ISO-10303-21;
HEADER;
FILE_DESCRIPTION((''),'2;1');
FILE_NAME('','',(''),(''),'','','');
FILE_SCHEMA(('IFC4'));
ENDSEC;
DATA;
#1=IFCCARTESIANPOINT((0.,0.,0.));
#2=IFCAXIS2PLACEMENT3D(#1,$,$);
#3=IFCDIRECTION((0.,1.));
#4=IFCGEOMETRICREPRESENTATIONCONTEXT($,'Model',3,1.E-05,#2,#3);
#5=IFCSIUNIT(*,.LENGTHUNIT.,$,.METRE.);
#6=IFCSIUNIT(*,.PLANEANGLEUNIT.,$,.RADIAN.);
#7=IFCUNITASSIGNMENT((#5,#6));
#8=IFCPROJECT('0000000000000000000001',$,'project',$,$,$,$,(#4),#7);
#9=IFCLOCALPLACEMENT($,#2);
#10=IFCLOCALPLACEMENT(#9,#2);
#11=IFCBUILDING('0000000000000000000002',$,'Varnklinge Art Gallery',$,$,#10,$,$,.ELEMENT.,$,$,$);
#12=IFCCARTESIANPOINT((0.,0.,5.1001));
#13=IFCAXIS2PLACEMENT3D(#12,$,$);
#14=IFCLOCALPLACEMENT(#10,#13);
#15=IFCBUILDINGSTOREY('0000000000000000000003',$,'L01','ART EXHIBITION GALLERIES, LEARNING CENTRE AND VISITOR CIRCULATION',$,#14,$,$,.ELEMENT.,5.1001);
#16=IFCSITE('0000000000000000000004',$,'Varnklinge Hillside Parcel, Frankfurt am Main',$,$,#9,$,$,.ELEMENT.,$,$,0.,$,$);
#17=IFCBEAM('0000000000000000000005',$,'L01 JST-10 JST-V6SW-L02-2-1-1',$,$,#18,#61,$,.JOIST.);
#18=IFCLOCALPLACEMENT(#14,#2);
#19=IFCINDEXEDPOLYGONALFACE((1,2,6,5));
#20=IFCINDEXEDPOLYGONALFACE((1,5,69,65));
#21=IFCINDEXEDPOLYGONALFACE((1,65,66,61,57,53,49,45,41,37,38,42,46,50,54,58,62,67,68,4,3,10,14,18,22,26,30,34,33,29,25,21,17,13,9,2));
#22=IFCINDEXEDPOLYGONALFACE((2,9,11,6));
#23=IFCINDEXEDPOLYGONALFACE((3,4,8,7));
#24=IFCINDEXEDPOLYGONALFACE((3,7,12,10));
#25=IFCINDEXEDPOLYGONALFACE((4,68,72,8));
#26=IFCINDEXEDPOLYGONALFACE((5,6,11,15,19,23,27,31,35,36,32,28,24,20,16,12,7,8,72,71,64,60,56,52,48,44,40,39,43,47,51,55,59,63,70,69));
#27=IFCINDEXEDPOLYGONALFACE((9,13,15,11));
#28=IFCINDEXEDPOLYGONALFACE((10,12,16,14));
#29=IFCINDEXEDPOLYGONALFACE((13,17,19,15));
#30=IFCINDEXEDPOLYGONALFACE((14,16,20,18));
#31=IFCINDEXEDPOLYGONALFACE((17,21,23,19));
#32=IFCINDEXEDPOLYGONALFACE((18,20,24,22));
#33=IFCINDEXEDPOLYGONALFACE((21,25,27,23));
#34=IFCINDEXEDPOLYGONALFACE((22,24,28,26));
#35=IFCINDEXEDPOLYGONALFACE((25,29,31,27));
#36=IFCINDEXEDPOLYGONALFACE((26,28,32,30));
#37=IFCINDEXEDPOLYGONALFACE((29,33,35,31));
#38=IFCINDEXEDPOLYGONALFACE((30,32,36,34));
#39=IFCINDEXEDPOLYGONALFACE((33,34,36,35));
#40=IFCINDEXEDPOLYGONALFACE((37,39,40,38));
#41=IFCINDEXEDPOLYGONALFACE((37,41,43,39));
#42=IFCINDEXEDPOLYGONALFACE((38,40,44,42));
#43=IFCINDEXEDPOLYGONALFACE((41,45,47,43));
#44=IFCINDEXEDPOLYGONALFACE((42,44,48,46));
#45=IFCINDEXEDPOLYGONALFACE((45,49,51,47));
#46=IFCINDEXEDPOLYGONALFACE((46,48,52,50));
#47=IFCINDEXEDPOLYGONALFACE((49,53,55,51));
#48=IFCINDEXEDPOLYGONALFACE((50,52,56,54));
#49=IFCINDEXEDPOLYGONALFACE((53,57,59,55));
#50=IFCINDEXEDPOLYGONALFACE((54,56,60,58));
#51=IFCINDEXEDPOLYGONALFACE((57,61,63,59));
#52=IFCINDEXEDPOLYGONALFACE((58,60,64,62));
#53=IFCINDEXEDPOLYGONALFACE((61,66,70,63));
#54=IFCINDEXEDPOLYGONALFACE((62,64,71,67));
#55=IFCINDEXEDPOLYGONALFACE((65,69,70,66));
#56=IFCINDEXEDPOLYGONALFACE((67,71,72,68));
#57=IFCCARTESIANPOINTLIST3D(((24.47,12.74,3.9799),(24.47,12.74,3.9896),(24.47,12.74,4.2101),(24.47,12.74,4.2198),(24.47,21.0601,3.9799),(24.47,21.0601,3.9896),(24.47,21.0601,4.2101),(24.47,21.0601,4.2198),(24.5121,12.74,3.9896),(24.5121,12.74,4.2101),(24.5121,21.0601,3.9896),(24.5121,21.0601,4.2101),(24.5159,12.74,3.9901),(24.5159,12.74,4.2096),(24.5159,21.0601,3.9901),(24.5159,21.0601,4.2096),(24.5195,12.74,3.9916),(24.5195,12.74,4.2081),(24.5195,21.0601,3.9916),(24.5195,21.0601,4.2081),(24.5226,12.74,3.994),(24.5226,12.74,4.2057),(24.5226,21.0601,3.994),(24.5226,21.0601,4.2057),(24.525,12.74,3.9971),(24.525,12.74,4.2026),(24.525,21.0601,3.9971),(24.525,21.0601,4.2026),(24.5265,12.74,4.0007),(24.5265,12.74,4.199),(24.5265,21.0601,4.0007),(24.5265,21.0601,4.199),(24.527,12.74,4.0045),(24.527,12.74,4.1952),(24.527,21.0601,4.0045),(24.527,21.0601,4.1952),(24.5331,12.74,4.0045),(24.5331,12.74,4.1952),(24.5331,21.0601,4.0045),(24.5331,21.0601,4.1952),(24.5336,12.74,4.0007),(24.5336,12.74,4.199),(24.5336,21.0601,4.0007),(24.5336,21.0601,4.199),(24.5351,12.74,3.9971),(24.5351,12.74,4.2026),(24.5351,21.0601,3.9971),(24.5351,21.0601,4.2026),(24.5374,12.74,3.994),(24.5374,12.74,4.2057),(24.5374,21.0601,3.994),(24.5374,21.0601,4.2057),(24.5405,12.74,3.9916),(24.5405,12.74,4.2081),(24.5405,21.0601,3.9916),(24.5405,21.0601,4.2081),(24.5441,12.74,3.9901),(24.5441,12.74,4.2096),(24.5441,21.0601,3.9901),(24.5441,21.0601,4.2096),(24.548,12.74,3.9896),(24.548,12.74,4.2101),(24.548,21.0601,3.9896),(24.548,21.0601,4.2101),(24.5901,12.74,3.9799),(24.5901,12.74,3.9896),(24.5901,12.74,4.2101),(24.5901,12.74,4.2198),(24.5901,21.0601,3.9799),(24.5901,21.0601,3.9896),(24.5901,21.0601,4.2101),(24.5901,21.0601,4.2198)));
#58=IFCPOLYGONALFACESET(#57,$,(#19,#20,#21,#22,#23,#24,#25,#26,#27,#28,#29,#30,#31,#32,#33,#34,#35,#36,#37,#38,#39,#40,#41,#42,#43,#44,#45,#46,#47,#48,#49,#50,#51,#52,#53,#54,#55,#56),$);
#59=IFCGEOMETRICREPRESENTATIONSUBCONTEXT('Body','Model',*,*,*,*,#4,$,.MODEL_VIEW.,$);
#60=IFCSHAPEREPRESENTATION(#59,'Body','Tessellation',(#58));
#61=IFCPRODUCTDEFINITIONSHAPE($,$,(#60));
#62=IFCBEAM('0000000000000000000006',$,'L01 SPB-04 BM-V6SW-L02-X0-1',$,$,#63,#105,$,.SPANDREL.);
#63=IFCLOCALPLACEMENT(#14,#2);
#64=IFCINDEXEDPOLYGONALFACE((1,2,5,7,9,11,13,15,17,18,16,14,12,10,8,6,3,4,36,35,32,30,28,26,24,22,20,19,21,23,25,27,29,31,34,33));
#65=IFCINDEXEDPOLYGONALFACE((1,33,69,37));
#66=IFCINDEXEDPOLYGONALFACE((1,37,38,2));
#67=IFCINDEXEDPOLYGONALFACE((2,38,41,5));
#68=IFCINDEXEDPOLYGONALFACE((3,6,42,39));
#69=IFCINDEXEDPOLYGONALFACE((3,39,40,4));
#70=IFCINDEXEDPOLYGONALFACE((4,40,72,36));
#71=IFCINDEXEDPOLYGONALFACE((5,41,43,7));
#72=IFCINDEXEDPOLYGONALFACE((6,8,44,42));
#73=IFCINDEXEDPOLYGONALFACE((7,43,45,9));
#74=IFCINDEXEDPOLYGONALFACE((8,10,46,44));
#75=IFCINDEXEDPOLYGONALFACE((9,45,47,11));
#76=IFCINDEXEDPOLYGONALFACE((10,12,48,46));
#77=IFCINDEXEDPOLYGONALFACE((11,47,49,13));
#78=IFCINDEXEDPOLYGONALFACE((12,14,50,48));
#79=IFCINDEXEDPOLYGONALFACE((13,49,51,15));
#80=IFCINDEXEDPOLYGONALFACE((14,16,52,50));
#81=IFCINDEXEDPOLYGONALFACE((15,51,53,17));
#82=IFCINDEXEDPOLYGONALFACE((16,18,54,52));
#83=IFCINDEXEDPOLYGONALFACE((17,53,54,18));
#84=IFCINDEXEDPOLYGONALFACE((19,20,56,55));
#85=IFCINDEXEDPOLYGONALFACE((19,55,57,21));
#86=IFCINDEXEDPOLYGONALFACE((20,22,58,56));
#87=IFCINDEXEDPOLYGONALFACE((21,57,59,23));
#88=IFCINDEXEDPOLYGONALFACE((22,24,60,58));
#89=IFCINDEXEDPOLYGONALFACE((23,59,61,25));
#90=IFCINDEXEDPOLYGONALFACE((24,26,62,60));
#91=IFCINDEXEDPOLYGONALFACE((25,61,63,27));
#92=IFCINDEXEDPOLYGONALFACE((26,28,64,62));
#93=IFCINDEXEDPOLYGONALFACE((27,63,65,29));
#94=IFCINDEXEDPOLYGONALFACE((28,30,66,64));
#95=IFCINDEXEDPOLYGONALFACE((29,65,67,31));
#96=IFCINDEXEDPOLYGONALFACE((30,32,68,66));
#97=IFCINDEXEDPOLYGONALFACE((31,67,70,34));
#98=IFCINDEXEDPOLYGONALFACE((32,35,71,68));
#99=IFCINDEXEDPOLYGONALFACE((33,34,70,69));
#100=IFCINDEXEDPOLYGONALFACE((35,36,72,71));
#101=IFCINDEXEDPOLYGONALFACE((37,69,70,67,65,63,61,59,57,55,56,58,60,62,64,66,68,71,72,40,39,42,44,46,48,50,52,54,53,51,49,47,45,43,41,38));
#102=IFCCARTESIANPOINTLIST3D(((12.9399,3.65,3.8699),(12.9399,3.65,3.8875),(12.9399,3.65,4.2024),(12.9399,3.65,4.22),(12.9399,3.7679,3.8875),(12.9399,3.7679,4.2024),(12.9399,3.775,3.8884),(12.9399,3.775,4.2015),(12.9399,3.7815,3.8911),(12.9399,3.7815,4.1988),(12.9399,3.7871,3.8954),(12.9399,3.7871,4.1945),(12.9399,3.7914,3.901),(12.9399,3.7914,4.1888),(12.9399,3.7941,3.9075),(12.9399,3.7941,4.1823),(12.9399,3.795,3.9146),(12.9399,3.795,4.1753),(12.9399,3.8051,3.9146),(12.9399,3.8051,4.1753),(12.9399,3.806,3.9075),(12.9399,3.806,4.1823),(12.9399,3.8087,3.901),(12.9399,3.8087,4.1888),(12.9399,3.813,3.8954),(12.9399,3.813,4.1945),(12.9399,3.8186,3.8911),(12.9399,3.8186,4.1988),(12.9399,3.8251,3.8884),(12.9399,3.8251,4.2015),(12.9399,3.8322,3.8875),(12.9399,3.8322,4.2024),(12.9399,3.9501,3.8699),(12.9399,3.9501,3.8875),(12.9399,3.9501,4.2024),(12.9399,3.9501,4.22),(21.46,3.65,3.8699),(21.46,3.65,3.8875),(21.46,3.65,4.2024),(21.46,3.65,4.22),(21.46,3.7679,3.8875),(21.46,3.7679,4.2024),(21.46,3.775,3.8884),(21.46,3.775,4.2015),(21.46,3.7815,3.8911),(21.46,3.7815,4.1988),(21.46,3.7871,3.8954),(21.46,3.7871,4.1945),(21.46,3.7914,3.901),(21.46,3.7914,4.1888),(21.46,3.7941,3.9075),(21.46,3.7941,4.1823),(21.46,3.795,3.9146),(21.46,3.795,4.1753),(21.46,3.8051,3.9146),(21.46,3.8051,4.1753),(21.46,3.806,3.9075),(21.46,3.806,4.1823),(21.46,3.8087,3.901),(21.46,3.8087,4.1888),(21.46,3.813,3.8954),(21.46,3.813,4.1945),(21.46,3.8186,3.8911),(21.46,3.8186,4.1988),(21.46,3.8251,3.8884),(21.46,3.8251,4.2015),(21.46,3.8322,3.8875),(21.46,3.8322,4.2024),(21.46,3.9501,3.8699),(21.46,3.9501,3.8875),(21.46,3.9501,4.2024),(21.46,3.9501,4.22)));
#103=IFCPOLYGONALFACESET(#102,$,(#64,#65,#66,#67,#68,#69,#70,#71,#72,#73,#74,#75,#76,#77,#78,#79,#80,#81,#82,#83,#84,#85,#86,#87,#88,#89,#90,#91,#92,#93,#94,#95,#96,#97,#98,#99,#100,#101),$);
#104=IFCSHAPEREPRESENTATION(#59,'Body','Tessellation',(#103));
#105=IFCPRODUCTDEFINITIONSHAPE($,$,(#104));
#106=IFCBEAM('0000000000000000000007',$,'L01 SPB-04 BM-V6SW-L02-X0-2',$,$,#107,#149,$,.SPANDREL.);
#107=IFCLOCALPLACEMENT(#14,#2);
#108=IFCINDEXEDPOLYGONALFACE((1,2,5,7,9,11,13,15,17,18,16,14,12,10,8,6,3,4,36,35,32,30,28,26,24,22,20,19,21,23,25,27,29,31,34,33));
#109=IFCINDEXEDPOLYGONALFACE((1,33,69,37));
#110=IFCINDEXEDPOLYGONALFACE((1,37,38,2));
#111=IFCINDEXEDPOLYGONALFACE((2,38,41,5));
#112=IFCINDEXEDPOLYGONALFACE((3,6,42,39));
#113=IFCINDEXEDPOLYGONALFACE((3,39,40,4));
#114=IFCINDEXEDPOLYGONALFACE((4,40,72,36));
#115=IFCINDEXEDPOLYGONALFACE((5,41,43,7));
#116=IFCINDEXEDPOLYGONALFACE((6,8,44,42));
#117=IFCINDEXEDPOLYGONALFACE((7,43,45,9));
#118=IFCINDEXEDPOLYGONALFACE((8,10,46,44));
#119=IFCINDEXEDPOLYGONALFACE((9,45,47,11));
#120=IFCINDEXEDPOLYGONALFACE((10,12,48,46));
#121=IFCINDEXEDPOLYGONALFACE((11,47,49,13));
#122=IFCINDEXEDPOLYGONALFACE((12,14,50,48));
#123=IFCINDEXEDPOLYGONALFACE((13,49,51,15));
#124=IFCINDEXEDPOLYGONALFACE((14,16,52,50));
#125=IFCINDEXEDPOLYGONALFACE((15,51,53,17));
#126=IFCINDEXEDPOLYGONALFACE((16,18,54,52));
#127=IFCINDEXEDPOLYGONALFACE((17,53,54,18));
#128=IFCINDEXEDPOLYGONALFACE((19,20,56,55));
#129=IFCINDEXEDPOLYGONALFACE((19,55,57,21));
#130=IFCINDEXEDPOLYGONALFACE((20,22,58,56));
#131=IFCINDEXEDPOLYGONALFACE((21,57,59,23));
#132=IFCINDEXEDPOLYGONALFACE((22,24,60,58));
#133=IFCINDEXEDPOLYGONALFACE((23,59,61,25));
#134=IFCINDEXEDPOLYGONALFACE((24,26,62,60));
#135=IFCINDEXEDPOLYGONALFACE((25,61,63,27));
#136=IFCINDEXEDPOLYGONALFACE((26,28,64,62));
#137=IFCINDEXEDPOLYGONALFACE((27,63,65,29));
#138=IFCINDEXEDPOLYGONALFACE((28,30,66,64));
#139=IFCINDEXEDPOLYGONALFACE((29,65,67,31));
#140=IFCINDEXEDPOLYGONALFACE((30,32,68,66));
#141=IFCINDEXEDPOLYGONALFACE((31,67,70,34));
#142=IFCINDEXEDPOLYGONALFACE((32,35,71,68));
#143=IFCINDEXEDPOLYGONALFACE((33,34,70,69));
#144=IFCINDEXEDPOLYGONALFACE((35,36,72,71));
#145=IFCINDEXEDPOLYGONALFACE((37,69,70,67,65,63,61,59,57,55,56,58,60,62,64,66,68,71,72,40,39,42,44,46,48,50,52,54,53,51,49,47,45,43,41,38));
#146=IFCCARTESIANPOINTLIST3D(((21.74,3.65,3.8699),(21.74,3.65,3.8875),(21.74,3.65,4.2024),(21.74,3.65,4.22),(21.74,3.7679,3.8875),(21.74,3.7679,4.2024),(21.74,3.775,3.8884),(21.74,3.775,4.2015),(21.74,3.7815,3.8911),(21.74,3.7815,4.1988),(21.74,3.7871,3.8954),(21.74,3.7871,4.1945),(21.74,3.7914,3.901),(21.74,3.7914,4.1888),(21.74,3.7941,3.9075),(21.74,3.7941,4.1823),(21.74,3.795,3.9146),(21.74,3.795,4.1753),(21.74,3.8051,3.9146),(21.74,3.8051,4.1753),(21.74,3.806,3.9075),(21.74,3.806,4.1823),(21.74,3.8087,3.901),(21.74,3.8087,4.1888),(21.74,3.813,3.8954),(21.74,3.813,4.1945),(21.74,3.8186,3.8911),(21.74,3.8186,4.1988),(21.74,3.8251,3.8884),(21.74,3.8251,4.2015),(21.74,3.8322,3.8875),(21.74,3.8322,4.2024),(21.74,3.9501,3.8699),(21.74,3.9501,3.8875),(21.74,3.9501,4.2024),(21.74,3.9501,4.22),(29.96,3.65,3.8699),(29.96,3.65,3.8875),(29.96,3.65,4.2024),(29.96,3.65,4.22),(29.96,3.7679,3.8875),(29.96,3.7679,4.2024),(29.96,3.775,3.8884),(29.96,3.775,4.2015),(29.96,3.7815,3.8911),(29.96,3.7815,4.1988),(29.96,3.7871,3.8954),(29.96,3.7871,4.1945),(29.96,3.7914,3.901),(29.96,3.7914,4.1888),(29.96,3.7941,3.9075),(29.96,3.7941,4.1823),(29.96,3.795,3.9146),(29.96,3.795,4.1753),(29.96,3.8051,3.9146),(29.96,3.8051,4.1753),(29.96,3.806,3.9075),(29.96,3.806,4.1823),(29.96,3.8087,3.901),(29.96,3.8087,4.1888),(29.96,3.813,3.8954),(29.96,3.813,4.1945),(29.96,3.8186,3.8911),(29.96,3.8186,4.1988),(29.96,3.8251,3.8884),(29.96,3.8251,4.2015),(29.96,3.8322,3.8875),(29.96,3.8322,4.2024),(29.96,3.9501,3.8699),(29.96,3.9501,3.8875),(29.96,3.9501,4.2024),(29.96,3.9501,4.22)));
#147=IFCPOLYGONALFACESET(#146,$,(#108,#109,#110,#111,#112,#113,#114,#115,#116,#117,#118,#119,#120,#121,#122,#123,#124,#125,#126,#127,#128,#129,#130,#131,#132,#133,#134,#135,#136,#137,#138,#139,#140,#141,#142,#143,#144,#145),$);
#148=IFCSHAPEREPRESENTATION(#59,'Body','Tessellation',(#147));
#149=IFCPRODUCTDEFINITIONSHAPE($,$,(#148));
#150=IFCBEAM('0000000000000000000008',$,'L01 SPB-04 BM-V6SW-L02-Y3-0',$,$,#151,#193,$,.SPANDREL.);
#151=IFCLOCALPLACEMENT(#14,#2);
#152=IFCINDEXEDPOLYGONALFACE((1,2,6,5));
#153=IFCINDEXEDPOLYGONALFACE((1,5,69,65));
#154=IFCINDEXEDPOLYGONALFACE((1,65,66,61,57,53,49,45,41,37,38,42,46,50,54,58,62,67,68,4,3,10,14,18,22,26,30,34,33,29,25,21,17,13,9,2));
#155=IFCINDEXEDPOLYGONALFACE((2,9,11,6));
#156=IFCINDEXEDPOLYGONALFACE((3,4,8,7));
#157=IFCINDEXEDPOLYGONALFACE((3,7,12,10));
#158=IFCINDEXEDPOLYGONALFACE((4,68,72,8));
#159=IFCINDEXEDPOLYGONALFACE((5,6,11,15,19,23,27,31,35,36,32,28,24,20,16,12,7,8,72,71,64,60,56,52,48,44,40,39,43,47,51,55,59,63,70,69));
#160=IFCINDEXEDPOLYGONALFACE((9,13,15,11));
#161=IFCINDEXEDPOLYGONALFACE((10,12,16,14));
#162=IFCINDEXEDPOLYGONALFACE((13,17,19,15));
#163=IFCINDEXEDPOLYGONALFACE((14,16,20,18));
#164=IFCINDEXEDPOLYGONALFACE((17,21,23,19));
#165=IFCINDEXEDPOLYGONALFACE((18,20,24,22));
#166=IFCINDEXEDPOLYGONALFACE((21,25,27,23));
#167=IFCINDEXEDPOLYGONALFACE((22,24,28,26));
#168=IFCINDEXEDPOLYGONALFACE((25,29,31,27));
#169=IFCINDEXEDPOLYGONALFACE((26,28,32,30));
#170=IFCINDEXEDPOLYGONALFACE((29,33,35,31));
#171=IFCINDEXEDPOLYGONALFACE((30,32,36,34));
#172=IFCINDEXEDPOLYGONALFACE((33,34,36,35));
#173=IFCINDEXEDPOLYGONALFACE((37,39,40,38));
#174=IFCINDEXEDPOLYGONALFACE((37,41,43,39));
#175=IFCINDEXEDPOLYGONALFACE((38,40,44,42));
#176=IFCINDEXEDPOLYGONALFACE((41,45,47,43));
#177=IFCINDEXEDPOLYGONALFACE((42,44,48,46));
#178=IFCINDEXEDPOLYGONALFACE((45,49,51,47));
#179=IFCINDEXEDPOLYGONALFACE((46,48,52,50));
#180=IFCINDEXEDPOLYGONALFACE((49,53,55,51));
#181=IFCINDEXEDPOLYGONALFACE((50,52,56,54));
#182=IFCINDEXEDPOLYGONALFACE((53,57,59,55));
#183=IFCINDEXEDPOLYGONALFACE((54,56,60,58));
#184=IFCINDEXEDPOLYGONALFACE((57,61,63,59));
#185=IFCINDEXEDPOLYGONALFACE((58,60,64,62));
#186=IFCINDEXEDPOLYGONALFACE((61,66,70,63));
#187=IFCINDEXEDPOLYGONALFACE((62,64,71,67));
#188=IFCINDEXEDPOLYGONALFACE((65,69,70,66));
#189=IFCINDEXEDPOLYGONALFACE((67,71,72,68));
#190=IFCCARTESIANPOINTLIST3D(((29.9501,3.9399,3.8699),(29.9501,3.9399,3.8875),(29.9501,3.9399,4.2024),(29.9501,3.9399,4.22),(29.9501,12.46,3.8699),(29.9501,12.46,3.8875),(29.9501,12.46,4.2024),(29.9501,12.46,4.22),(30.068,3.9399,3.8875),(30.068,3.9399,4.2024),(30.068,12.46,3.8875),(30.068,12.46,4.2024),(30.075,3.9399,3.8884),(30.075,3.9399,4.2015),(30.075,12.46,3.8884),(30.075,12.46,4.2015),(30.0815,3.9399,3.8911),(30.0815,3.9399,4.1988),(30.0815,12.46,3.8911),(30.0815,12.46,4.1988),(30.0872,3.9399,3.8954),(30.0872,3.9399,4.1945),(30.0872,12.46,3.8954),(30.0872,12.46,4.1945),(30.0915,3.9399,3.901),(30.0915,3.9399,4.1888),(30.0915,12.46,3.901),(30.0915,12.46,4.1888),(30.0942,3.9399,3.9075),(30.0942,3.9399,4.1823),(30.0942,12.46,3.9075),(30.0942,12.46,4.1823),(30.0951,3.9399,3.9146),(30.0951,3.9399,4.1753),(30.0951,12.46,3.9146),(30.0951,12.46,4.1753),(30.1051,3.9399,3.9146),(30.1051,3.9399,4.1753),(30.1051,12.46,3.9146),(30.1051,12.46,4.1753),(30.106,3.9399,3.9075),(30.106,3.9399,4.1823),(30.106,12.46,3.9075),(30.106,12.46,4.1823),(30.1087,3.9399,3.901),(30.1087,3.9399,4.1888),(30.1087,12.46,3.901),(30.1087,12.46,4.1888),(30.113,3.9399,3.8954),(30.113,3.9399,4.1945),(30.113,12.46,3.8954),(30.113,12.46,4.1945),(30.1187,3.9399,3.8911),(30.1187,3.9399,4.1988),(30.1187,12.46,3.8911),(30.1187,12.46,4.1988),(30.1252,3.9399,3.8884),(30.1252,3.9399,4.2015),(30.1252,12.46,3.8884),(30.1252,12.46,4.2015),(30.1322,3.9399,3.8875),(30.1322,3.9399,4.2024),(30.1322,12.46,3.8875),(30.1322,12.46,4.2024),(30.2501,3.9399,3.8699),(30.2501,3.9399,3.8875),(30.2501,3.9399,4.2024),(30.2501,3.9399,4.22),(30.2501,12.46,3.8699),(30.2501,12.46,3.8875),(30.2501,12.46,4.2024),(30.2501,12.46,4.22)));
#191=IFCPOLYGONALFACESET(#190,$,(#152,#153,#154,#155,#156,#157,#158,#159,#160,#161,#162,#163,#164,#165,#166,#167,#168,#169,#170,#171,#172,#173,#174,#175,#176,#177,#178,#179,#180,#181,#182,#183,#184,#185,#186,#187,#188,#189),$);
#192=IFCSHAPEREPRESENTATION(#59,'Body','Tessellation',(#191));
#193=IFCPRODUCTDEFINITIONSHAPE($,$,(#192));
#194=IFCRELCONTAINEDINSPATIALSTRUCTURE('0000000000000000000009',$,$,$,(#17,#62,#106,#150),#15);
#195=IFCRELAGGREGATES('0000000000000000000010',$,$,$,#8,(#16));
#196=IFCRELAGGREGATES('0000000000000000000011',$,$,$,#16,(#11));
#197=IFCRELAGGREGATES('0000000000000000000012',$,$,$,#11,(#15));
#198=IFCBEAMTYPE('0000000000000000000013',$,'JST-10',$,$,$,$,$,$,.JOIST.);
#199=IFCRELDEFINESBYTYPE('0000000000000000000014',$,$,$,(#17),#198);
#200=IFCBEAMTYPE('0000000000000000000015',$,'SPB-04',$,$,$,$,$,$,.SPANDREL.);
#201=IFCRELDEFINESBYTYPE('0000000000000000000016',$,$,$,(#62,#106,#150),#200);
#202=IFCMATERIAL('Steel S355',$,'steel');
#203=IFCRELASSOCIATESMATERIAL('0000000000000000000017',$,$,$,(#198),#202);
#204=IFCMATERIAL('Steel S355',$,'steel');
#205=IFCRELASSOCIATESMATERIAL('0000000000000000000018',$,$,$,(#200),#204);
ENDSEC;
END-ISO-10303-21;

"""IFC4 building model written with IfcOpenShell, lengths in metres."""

from ifc_helpers import new_model, si_unit, direction, frame, origin, origin_2d, place, context, subcontext, project, spatial, i_section, extrude, material, material_profile, profile_set, type_object, element, save


model = new_model("IFC4")

# Units and contexts
model_context = context("Model", 3, precision=1e-05, world=origin(), true_north=direction((0.0, 1.0)))
body_context = subcontext(model_context, "Body", "Model", "MODEL_VIEW")
ifc_project = project(units=[si_unit("LENGTHUNIT", "METRE"), si_unit("PLANEANGLEUNIT", "RADIAN")], contexts=[model_context])

# Site, building, storey
site_placement = place(None, origin())
site = spatial("IfcSite", under=ifc_project, at=site_placement, Name="Varnklinge Hillside Parcel, Frankfurt am Main", CompositionType="ELEMENT", RefElevation=0.0)
building_placement = place(site_placement, origin())
building = spatial("IfcBuilding", under=site, at=building_placement, Name="Varnklinge Art Gallery", CompositionType="ELEMENT")
storey_placement = place(building_placement, frame((0.0, 0.0, 5.1001)))
storey = spatial("IfcBuildingStorey", under=building, at=storey_placement, Name="L01", Description="ART EXHIBITION GALLERIES, LEARNING CENTRE AND VISITOR CIRCULATION", CompositionType="ELEMENT", Elevation=5.1001)

# Beams
ifc_material_1 = material(Name="Steel S355", Category="steel")
ifc_material_profile_1 = material_profile(ifc_material_1, i_section(OverallWidth=0.1201, OverallDepth=0.24, WebThickness=0.0061, FlangeThickness=0.0098, FilletRadius=0.0149, at=origin_2d()), Name="IPE 240")
ifc_profile_set_1 = profile_set([ifc_material_profile_1], Name="Steel S355")
beam_type_1 = type_object("IfcBeamType", Name="JST-10", PredefinedType="JOIST", material=ifc_profile_set_1)
beam_1_placement = place(storey_placement, frame((24.53, 12.74, 4.0999), z_axis=(0.0, 1.0, 0.0), x_axis=(-1.0, 0.0, 0.0)))
element("IfcBeam", 1, at=beam_1_placement, inside=storey, type_object=beam_type_1, Name="L01 JST-10 JST-V6SW-L02-2-1-1", PredefinedType="JOIST", context=body_context, shape_type="SweptSolid", body=[
    extrude(i_section(OverallWidth=0.1201, OverallDepth=0.24, WebThickness=0.0061, FlangeThickness=0.0098, FilletRadius=0.0149, at=origin_2d()), origin(), (0.0, 0.0, 1.0), 8.3201),
])
ifc_material_2 = material(Name="Steel S355", Category="steel")
ifc_material_profile_2 = material_profile(ifc_material_2, i_section(OverallWidth=0.3, OverallDepth=0.3501, WebThickness=0.01, FlangeThickness=0.0176, FilletRadius=0.0271, at=origin_2d()), Name="HEA 360")
ifc_profile_set_2 = profile_set([ifc_material_profile_2], Name="Steel S355")
beam_type_2 = type_object("IfcBeamType", Name="SPB-04", PredefinedType="SPANDREL", material=ifc_profile_set_2)
beam_2_placement = place(storey_placement, frame((12.9399, 3.8, 4.0449), z_axis=(1.0, 0.0, 0.0), x_axis=(0.0, 1.0, 0.0)))
element("IfcBeam", 2, at=beam_2_placement, inside=storey, type_object=beam_type_2, Name="L01 SPB-04 BM-V6SW-L02-X0-1", PredefinedType="SPANDREL", context=body_context, shape_type="SweptSolid", body=[
    extrude(i_section(OverallWidth=0.3, OverallDepth=0.3501, WebThickness=0.01, FlangeThickness=0.0176, FilletRadius=0.0271, at=origin_2d()), origin(), (0.0, 0.0, 1.0), 8.52),
])
beam_3_placement = place(storey_placement, frame((21.74, 3.8, 4.0449), z_axis=(1.0, 0.0, 0.0), x_axis=(0.0, 1.0, 0.0)))
element("IfcBeam", 3, at=beam_3_placement, inside=storey, type_object=beam_type_2, Name="L01 SPB-04 BM-V6SW-L02-X0-2", PredefinedType="SPANDREL", context=body_context, shape_type="SweptSolid", body=[
    extrude(i_section(OverallWidth=0.3, OverallDepth=0.3501, WebThickness=0.01, FlangeThickness=0.0176, FilletRadius=0.0271, at=origin_2d()), origin(), (0.0, 0.0, 1.0), 8.22),
])
beam_4_placement = place(storey_placement, frame((30.1001, 3.9399, 4.0449), z_axis=(0.0, 1.0, 0.0), x_axis=(-1.0, 0.0, 0.0)))
element("IfcBeam", 4, at=beam_4_placement, inside=storey, type_object=beam_type_2, Name="L01 SPB-04 BM-V6SW-L02-Y3-0", PredefinedType="SPANDREL", context=body_context, shape_type="SweptSolid", body=[
    extrude(i_section(OverallWidth=0.3, OverallDepth=0.3501, WebThickness=0.01, FlangeThickness=0.0176, FilletRadius=0.0271, at=origin_2d()), origin(), (0.0, 0.0, 1.0), 8.52),
])

save(model, "model.ifc")
